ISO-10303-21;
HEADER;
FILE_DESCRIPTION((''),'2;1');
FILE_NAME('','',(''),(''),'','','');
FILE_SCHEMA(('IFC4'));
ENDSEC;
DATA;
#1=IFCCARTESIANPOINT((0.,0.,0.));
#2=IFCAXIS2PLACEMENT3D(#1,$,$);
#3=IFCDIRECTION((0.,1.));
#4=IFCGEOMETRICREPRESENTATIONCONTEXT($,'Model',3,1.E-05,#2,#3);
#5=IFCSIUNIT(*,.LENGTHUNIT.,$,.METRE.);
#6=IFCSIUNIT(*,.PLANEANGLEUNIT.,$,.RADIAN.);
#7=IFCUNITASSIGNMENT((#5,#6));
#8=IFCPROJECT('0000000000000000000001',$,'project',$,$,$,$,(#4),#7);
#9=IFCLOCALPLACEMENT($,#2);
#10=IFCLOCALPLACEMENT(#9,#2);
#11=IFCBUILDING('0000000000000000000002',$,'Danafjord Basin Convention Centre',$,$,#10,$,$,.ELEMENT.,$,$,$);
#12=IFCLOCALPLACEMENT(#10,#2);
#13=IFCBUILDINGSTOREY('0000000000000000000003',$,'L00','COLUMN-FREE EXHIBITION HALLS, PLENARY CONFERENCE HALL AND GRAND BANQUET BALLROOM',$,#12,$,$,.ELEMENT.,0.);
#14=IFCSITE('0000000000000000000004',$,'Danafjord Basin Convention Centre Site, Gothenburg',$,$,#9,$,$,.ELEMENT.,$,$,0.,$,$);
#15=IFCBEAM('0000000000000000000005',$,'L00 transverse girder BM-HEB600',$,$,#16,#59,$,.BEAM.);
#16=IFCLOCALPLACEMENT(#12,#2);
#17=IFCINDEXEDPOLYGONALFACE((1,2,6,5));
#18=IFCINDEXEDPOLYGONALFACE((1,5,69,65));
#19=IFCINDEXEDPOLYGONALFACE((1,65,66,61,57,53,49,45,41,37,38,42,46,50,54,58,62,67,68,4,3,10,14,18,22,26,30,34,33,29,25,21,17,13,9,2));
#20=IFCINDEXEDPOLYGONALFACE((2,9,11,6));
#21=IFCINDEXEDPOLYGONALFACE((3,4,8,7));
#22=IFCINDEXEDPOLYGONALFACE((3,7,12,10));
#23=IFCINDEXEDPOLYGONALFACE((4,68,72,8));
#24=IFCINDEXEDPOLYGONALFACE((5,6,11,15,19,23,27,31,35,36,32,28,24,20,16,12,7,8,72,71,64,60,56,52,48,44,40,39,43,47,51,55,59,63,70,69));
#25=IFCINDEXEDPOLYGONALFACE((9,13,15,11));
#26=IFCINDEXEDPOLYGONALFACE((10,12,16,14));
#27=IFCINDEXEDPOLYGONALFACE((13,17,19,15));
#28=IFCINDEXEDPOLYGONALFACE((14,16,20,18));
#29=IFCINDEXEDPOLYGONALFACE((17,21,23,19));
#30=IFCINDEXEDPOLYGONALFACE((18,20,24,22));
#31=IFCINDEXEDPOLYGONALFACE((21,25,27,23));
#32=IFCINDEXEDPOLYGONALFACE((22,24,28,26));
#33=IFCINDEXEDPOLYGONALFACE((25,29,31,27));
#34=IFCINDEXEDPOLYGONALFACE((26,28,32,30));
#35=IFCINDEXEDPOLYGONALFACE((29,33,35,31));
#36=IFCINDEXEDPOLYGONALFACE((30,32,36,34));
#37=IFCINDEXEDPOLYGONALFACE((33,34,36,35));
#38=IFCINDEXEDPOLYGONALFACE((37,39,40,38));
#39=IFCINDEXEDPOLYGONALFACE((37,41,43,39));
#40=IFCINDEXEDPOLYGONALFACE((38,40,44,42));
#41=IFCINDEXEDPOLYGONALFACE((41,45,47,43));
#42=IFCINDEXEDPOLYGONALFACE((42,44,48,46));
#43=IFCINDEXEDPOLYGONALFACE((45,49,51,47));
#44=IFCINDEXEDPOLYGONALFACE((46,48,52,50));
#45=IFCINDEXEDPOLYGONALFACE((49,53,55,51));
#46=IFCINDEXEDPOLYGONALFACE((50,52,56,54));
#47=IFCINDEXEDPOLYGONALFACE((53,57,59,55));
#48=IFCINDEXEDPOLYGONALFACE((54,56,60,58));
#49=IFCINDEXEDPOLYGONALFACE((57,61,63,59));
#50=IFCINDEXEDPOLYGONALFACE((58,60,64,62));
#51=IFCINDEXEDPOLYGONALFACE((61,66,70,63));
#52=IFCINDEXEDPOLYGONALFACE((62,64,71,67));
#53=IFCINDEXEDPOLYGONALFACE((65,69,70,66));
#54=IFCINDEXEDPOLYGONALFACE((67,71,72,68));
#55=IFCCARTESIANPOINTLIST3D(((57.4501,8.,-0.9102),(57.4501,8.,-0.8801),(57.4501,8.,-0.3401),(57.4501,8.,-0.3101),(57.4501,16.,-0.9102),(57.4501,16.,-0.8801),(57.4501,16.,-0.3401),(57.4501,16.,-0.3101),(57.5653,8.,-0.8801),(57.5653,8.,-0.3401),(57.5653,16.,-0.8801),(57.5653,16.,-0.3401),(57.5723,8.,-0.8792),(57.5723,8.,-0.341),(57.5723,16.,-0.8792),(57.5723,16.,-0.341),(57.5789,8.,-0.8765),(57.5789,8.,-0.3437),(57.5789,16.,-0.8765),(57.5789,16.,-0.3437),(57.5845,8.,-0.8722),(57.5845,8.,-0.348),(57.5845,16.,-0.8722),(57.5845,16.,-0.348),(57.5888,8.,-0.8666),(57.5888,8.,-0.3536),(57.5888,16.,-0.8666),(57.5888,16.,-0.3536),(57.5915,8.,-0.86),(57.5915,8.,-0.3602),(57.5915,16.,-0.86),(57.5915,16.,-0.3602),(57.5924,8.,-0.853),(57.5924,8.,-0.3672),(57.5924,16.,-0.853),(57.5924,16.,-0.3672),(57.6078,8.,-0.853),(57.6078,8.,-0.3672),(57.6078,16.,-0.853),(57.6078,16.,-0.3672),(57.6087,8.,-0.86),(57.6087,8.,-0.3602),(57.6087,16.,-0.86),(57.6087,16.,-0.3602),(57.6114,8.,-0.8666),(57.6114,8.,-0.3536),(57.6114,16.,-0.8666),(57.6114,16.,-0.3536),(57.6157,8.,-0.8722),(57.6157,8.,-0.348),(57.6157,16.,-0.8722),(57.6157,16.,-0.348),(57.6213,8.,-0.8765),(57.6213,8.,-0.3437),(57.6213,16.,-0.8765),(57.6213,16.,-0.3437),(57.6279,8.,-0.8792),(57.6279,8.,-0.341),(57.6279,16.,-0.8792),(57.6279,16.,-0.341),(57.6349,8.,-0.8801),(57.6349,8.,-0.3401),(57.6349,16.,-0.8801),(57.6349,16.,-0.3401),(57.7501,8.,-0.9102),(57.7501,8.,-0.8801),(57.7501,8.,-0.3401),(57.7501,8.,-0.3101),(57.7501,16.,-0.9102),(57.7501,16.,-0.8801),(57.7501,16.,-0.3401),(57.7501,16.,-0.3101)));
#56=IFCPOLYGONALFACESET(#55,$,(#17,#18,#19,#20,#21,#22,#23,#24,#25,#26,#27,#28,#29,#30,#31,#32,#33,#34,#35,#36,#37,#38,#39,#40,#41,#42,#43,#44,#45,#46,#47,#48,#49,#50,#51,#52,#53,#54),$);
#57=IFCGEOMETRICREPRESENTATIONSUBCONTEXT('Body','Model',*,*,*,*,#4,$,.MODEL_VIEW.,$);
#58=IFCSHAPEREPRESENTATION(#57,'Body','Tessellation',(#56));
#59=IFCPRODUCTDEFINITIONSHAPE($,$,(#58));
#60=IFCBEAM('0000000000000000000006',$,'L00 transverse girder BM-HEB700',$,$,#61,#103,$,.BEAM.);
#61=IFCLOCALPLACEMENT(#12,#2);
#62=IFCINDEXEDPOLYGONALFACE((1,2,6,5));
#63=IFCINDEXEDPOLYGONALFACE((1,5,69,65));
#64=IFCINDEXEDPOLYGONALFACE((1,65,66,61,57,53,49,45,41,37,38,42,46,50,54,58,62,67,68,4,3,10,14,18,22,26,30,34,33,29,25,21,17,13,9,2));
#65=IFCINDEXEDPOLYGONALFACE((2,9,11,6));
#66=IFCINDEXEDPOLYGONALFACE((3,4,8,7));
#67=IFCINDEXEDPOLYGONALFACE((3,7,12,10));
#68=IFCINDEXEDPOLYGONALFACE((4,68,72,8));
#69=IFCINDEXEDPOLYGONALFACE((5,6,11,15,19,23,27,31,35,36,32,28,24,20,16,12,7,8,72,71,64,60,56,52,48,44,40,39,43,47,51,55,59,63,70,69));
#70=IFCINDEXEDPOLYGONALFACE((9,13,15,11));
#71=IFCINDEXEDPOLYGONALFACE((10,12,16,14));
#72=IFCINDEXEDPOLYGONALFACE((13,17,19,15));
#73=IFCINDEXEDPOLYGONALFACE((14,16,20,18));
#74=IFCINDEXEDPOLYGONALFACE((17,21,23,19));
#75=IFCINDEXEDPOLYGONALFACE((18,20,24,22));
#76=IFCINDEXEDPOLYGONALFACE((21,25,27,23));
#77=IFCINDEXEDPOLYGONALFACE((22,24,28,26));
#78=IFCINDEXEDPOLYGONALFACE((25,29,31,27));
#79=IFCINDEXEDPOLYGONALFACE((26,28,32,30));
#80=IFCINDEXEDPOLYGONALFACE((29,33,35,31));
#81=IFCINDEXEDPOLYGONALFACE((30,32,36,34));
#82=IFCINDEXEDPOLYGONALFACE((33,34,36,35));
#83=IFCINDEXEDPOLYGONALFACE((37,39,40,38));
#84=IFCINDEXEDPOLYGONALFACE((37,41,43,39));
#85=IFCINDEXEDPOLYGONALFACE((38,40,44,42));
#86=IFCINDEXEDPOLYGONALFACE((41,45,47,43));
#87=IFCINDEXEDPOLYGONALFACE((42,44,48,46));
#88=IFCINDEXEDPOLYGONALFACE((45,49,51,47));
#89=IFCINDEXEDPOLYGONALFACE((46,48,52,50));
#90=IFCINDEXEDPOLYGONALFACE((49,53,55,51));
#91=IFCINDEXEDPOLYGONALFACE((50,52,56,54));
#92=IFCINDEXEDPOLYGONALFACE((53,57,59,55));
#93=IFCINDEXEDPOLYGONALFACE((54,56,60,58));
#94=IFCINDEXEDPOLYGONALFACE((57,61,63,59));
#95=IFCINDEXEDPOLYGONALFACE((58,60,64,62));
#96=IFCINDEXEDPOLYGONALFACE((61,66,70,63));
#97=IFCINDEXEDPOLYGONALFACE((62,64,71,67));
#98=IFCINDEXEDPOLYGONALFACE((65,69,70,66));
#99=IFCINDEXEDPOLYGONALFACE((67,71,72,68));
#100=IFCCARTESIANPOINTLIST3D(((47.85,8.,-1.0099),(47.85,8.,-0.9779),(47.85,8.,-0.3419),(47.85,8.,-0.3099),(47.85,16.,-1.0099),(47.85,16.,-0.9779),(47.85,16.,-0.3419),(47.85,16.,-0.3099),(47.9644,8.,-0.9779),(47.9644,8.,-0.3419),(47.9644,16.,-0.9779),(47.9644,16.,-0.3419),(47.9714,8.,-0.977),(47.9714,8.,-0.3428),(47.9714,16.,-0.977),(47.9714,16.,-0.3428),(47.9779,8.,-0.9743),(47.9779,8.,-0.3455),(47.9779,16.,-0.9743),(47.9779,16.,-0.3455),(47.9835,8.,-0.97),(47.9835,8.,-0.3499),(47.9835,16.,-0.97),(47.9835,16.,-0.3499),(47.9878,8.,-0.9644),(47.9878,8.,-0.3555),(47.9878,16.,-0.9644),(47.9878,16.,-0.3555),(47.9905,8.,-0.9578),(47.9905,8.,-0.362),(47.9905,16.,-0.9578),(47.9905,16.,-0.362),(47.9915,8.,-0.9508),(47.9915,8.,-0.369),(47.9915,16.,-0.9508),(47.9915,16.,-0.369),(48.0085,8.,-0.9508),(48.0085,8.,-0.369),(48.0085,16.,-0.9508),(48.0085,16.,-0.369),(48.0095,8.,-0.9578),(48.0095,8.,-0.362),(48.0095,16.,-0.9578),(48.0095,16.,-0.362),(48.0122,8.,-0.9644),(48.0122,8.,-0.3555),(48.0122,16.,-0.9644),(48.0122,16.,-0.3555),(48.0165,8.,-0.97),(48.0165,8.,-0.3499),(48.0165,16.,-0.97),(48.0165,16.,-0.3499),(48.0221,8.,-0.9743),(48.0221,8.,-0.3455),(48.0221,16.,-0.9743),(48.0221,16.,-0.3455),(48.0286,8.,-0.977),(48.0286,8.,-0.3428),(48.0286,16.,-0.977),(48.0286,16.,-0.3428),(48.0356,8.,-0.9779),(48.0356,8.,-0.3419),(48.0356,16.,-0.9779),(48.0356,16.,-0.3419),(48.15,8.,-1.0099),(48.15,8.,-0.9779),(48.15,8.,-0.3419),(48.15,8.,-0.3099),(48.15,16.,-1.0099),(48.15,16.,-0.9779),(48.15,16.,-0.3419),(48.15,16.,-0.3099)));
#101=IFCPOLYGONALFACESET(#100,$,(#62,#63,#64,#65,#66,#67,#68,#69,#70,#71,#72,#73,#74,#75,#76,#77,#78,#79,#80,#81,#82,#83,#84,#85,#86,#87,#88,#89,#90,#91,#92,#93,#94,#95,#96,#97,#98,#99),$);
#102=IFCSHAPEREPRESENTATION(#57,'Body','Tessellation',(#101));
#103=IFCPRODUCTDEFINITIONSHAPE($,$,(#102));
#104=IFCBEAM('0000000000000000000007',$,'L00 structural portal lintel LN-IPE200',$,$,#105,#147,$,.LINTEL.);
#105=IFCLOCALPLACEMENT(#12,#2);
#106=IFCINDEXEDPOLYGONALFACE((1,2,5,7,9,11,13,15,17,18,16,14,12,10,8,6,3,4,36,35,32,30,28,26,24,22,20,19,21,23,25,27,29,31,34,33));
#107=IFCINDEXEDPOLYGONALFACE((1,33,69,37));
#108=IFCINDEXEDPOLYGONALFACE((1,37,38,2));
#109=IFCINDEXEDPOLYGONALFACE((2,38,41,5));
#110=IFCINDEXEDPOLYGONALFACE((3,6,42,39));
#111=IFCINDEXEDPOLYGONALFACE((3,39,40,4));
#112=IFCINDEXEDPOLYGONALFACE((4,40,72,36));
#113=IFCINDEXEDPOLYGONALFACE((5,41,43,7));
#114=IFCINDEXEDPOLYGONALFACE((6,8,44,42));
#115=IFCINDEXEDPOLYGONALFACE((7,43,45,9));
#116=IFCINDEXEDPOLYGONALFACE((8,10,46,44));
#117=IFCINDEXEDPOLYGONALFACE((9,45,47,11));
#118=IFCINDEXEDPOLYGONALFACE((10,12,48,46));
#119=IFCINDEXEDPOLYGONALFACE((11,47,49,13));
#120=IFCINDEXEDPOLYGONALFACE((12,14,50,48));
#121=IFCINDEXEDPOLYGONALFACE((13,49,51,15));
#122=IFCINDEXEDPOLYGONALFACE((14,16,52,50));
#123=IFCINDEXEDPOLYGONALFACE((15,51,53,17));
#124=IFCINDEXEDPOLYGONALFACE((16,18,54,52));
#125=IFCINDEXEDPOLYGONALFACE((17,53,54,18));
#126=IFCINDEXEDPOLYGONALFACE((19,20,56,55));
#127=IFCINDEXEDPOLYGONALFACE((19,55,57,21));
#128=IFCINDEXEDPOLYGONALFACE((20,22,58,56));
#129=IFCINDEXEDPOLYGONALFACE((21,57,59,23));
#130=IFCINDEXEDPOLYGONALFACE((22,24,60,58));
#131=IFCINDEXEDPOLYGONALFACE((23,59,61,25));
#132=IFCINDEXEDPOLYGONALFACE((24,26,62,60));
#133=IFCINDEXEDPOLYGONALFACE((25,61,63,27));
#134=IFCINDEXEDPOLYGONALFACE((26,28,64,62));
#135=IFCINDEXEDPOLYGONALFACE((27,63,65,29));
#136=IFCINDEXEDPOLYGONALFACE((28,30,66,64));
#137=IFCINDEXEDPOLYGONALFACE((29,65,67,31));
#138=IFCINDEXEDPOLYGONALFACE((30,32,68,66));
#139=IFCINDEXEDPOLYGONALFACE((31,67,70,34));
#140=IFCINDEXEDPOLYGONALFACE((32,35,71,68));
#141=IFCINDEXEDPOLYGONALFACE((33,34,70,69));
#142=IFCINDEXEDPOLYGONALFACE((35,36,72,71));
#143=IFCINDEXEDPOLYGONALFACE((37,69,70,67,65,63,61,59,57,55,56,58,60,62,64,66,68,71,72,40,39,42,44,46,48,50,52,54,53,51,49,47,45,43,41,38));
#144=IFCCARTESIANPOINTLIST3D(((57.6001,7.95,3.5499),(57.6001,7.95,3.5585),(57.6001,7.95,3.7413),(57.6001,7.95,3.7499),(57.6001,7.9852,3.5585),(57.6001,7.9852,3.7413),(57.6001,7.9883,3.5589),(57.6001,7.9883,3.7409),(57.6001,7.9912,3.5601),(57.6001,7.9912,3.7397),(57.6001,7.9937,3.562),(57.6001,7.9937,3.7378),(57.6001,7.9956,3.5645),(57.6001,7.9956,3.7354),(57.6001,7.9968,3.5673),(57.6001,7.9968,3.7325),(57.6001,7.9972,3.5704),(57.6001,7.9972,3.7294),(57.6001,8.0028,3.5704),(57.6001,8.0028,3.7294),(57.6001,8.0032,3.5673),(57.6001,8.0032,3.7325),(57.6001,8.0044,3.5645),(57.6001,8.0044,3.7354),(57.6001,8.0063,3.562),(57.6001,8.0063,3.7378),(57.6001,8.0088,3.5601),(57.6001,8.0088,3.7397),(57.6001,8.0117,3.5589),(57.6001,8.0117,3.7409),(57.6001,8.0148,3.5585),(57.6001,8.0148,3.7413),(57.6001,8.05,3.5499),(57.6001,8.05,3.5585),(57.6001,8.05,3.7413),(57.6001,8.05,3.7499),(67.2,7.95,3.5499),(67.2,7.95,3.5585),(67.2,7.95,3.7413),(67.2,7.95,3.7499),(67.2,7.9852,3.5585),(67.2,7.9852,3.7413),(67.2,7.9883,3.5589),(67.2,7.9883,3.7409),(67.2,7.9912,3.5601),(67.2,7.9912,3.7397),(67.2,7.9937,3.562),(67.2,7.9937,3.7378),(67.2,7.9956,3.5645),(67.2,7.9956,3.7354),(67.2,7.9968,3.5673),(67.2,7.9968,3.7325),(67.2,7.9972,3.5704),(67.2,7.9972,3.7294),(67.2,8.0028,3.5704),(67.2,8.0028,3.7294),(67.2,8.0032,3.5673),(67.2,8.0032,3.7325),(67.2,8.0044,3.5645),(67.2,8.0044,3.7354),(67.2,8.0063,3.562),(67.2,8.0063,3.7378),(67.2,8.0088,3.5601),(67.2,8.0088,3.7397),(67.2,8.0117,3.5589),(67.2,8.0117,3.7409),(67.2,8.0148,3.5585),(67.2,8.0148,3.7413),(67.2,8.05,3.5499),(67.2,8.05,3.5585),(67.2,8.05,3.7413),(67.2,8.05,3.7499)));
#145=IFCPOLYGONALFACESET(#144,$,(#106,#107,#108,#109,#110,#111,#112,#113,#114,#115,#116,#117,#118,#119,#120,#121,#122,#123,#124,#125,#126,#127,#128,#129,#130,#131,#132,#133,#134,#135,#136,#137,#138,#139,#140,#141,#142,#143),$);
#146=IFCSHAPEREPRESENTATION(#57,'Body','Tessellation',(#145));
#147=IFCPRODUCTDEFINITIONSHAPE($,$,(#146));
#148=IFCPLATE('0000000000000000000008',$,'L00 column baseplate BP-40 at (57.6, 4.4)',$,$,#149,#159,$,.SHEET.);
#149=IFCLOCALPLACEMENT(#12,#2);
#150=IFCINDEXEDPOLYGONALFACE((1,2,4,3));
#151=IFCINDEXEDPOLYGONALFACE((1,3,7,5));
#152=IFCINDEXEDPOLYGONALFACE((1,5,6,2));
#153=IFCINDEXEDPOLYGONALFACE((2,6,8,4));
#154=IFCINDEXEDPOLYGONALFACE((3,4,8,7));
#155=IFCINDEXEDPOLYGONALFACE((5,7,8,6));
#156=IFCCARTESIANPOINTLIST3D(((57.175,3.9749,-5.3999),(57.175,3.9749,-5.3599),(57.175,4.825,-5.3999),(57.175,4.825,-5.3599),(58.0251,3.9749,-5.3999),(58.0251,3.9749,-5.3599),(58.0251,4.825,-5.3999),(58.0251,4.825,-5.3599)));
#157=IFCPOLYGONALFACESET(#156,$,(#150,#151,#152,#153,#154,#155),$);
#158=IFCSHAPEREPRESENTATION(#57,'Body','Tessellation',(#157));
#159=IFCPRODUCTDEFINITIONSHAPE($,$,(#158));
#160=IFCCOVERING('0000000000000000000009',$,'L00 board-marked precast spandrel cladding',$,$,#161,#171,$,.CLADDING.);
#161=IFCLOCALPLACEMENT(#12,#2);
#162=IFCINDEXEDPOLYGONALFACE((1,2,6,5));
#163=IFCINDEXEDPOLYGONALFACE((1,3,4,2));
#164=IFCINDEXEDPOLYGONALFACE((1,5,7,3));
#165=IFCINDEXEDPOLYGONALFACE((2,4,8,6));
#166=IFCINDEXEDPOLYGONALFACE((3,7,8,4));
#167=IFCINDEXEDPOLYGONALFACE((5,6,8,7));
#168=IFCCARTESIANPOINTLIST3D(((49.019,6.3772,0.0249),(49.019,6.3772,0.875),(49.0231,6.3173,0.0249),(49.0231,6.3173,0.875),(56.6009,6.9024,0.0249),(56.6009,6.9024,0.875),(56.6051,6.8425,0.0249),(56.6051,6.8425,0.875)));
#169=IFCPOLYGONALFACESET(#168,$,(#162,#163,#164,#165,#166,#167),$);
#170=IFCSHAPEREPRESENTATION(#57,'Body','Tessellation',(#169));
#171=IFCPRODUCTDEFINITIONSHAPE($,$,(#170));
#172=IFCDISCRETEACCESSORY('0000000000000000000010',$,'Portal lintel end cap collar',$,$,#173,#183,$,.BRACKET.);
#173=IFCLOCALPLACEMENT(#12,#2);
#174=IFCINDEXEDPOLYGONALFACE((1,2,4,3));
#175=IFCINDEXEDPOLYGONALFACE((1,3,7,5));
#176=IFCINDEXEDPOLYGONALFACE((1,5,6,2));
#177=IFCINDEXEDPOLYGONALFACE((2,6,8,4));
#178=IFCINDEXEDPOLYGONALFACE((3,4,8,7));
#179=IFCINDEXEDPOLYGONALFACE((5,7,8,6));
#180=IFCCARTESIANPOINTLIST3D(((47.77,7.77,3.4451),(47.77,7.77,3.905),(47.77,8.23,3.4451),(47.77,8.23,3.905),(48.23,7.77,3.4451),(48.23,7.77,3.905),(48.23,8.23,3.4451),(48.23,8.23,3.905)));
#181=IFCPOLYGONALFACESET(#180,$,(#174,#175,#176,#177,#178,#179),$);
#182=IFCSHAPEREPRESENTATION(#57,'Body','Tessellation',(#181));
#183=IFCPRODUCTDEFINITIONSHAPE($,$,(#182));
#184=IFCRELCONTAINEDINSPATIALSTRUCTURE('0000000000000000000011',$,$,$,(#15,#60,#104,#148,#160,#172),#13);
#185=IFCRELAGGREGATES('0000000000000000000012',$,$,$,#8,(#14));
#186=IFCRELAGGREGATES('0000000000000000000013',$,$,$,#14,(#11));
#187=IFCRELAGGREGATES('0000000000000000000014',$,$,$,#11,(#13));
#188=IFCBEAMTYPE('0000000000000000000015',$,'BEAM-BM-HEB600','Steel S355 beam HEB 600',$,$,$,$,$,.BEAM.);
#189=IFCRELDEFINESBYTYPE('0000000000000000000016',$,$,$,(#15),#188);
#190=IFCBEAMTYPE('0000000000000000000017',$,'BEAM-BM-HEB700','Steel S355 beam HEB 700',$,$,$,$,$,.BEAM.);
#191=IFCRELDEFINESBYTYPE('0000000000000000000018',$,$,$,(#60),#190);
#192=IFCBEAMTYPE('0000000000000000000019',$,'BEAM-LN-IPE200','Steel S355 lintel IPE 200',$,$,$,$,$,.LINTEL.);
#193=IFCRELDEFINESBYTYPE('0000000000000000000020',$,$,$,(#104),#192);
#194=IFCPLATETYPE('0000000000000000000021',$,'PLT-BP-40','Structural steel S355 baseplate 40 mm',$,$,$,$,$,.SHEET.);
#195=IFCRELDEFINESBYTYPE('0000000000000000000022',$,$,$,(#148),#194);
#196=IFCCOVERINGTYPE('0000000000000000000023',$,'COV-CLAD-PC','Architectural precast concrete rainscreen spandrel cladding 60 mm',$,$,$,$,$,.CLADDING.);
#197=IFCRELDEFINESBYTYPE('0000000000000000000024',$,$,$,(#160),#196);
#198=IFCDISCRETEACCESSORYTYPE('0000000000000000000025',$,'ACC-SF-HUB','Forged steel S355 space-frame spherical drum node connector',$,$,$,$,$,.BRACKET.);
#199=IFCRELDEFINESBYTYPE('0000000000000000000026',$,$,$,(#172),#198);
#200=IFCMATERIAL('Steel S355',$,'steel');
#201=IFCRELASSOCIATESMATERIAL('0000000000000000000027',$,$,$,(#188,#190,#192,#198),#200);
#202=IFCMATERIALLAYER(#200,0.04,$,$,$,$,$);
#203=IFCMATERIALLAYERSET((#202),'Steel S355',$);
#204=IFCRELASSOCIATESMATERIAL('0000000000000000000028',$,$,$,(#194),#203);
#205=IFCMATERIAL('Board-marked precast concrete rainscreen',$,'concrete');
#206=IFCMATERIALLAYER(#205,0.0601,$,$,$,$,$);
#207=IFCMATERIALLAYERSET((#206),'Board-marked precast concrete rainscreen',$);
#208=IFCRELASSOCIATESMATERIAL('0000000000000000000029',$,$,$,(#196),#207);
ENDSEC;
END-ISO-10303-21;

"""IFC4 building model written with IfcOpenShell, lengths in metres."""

from ifc_helpers import new_model, si_unit, direction, frame, origin, origin_2d, place, context, subcontext, project, spatial, rectangle, i_section, extrude, material, layer, layer_set, material_profile, profile_set, type_object, element, save


model = new_model("IFC4")

# Units and contexts
model_context = context("Model", 3, precision=1e-05, world=origin(), true_north=direction((0.0, 1.0)))
body_context = subcontext(model_context, "Body", "Model", "MODEL_VIEW")
ifc_project = project(units=[si_unit("LENGTHUNIT", "METRE"), si_unit("PLANEANGLEUNIT", "RADIAN")], contexts=[model_context])

# Site, building, storey
site_placement = place(None, origin())
site = spatial("IfcSite", under=ifc_project, at=site_placement, Name="Danafjord Basin Convention Centre Site, Gothenburg", CompositionType="ELEMENT", RefElevation=0.0)
building_placement = place(site_placement, origin())
building = spatial("IfcBuilding", under=site, at=building_placement, Name="Danafjord Basin Convention Centre", CompositionType="ELEMENT")
storey_placement = place(building_placement, origin())
storey = spatial("IfcBuildingStorey", under=building, at=storey_placement, Name="L00", Description="COLUMN-FREE EXHIBITION HALLS, PLENARY CONFERENCE HALL AND GRAND BANQUET BALLROOM", CompositionType="ELEMENT", Elevation=0.0)

# Shared definitions
ifc_material_1 = material(Name="Steel S355", Category="steel")

# Beams
ifc_material_profile_1 = material_profile(ifc_material_1, i_section(OverallWidth=0.3, OverallDepth=0.6001, WebThickness=0.0154, FlangeThickness=0.03, FilletRadius=0.0271, at=origin_2d()), Name="HEB 600")
ifc_profile_set_1 = profile_set([ifc_material_profile_1], Name="Steel S355")
beam_type_1 = type_object("IfcBeamType", Name="BEAM-BM-HEB600", Description="Steel S355 beam HEB 600", PredefinedType="BEAM", material=ifc_profile_set_1)
for number, where, z_axis, x_axis, name in (
    (1, (57.6001, 8.0, -0.6101), (0.0, 1.0, 0.0), (-1.0, 0.0, 0.0), "L00 transverse girder BM-HEB600"),
):
    element("IfcBeam", number, at=place(storey_placement, frame(where, z_axis=z_axis, x_axis=x_axis)), inside=storey, type_object=beam_type_1, Name=name, PredefinedType="BEAM", context=body_context, shape_type="SweptSolid", body=[
        extrude(i_section(OverallWidth=0.3, OverallDepth=0.6001, WebThickness=0.0154, FlangeThickness=0.03, FilletRadius=0.0271, at=origin_2d()), origin(), (0.0, 0.0, 1.0), 8.0),
    ])
ifc_material_profile_2 = material_profile(ifc_material_1, i_section(OverallWidth=0.3, OverallDepth=0.7, WebThickness=0.0171, FlangeThickness=0.032, FilletRadius=0.0271, at=origin_2d()), Name="HEB 700")
ifc_profile_set_2 = profile_set([ifc_material_profile_2], Name="Steel S355")
beam_type_2 = type_object("IfcBeamType", Name="BEAM-BM-HEB700", Description="Steel S355 beam HEB 700", PredefinedType="BEAM", material=ifc_profile_set_2)
beam_1_placement = place(storey_placement, frame((48.0, 8.0, -0.6599), z_axis=(0.0, 1.0, 0.0), x_axis=(-1.0, 0.0, 0.0)))
element("IfcBeam", 2, at=beam_1_placement, inside=storey, type_object=beam_type_2, Name="L00 transverse girder BM-HEB700", PredefinedType="BEAM", context=body_context, shape_type="SweptSolid", body=[
    extrude(i_section(OverallWidth=0.3, OverallDepth=0.7, WebThickness=0.0171, FlangeThickness=0.032, FilletRadius=0.0271, at=origin_2d()), origin(), (0.0, 0.0, 1.0), 8.0),
])
ifc_material_profile_3 = material_profile(ifc_material_1, i_section(OverallWidth=0.1001, OverallDepth=0.2, WebThickness=0.0056, FlangeThickness=0.0085, FilletRadius=0.012, at=origin_2d()), Name="IPE 200")
ifc_profile_set_3 = profile_set([ifc_material_profile_3], Name="Steel S355")
beam_type_3 = type_object("IfcBeamType", Name="BEAM-LN-IPE200", Description="Steel S355 lintel IPE 200", PredefinedType="LINTEL", material=ifc_profile_set_3)
beam_2_placement = place(storey_placement, frame((57.6001, 8.0, 3.6499), z_axis=(1.0, 0.0, 0.0), x_axis=(0.0, 1.0, 0.0)))
element("IfcBeam", 3, at=beam_2_placement, inside=storey, type_object=beam_type_3, Name="L00 structural portal lintel LN-IPE200", PredefinedType="LINTEL", context=body_context, shape_type="SweptSolid", body=[
    extrude(i_section(OverallWidth=0.1001, OverallDepth=0.2, WebThickness=0.0056, FlangeThickness=0.0085, FilletRadius=0.012, at=origin_2d()), origin(), (0.0, 0.0, 1.0), 9.5999),
])

# Plate
ifc_layer_1 = layer(ifc_material_1, 0.04)
ifc_layer_set_1 = layer_set([ifc_layer_1], Name="Steel S355")
plate_type = type_object("IfcPlateType", Name="PLT-BP-40", Description="Structural steel S355 baseplate 40 mm", PredefinedType="SHEET", material=ifc_layer_set_1)
plate_placement = place(storey_placement, frame((57.6001, 4.3999, -5.3999), z_axis=(0.0, 0.0, 1.0), x_axis=(1.0, 0.0, 0.0)))
element("IfcPlate", 4, at=plate_placement, inside=storey, type_object=plate_type, Name="L00 column baseplate BP-40 at (57.6, 4.4)", PredefinedType="SHEET", context=body_context, shape_type="SweptSolid", body=[
    extrude(rectangle(XDim=0.8501, YDim=0.8501, at=origin_2d()), origin(), (0.0, 0.0, 1.0), 0.04),
])

# Covering
ifc_material_2 = material(Name="Board-marked precast concrete rainscreen", Category="concrete")
ifc_layer_2 = layer(ifc_material_2, 0.0601)
ifc_layer_set_2 = layer_set([ifc_layer_2], Name="Board-marked precast concrete rainscreen")
covering_type = type_object("IfcCoveringType", Name="COV-CLAD-PC", Description="Architectural precast concrete rainscreen spandrel cladding 60 mm", PredefinedType="CLADDING", material=ifc_layer_set_2)
covering_placement = place(storey_placement, frame((52.812, 6.6099, 0.0249), z_axis=(0.0, 0.0, 1.0), x_axis=(0.997609, 0.069105, 0.0)))
element("IfcCovering", 5, at=covering_placement, inside=storey, type_object=covering_type, Name="L00 board-marked precast spandrel cladding", PredefinedType="CLADDING", context=body_context, shape_type="SweptSolid", body=[
    extrude(rectangle(XDim=7.6001, YDim=0.0601, at=origin_2d()), origin(), (0.0, 0.0, 1.0), 0.8501),
])

# Discrete accessory
discrete_accessory_type = type_object("IfcDiscreteAccessoryType", Name="ACC-SF-HUB", Description="Forged steel S355 space-frame spherical drum node connector", PredefinedType="BRACKET", material=ifc_material_1)
discrete_accessory_placement = place(storey_placement, frame((48.0, 8.0, 3.4451), z_axis=(0.0, 0.0, 1.0), x_axis=(1.0, 0.0, 0.0)))
element("IfcDiscreteAccessory", 6, at=discrete_accessory_placement, inside=storey, type_object=discrete_accessory_type, Name="Portal lintel end cap collar", PredefinedType="BRACKET", context=body_context, shape_type="SweptSolid", body=[
    extrude(rectangle(XDim=0.46, YDim=0.46, at=origin_2d()), origin(), (0.0, 0.0, 1.0), 0.46),
])

save(model, "model.ifc")
